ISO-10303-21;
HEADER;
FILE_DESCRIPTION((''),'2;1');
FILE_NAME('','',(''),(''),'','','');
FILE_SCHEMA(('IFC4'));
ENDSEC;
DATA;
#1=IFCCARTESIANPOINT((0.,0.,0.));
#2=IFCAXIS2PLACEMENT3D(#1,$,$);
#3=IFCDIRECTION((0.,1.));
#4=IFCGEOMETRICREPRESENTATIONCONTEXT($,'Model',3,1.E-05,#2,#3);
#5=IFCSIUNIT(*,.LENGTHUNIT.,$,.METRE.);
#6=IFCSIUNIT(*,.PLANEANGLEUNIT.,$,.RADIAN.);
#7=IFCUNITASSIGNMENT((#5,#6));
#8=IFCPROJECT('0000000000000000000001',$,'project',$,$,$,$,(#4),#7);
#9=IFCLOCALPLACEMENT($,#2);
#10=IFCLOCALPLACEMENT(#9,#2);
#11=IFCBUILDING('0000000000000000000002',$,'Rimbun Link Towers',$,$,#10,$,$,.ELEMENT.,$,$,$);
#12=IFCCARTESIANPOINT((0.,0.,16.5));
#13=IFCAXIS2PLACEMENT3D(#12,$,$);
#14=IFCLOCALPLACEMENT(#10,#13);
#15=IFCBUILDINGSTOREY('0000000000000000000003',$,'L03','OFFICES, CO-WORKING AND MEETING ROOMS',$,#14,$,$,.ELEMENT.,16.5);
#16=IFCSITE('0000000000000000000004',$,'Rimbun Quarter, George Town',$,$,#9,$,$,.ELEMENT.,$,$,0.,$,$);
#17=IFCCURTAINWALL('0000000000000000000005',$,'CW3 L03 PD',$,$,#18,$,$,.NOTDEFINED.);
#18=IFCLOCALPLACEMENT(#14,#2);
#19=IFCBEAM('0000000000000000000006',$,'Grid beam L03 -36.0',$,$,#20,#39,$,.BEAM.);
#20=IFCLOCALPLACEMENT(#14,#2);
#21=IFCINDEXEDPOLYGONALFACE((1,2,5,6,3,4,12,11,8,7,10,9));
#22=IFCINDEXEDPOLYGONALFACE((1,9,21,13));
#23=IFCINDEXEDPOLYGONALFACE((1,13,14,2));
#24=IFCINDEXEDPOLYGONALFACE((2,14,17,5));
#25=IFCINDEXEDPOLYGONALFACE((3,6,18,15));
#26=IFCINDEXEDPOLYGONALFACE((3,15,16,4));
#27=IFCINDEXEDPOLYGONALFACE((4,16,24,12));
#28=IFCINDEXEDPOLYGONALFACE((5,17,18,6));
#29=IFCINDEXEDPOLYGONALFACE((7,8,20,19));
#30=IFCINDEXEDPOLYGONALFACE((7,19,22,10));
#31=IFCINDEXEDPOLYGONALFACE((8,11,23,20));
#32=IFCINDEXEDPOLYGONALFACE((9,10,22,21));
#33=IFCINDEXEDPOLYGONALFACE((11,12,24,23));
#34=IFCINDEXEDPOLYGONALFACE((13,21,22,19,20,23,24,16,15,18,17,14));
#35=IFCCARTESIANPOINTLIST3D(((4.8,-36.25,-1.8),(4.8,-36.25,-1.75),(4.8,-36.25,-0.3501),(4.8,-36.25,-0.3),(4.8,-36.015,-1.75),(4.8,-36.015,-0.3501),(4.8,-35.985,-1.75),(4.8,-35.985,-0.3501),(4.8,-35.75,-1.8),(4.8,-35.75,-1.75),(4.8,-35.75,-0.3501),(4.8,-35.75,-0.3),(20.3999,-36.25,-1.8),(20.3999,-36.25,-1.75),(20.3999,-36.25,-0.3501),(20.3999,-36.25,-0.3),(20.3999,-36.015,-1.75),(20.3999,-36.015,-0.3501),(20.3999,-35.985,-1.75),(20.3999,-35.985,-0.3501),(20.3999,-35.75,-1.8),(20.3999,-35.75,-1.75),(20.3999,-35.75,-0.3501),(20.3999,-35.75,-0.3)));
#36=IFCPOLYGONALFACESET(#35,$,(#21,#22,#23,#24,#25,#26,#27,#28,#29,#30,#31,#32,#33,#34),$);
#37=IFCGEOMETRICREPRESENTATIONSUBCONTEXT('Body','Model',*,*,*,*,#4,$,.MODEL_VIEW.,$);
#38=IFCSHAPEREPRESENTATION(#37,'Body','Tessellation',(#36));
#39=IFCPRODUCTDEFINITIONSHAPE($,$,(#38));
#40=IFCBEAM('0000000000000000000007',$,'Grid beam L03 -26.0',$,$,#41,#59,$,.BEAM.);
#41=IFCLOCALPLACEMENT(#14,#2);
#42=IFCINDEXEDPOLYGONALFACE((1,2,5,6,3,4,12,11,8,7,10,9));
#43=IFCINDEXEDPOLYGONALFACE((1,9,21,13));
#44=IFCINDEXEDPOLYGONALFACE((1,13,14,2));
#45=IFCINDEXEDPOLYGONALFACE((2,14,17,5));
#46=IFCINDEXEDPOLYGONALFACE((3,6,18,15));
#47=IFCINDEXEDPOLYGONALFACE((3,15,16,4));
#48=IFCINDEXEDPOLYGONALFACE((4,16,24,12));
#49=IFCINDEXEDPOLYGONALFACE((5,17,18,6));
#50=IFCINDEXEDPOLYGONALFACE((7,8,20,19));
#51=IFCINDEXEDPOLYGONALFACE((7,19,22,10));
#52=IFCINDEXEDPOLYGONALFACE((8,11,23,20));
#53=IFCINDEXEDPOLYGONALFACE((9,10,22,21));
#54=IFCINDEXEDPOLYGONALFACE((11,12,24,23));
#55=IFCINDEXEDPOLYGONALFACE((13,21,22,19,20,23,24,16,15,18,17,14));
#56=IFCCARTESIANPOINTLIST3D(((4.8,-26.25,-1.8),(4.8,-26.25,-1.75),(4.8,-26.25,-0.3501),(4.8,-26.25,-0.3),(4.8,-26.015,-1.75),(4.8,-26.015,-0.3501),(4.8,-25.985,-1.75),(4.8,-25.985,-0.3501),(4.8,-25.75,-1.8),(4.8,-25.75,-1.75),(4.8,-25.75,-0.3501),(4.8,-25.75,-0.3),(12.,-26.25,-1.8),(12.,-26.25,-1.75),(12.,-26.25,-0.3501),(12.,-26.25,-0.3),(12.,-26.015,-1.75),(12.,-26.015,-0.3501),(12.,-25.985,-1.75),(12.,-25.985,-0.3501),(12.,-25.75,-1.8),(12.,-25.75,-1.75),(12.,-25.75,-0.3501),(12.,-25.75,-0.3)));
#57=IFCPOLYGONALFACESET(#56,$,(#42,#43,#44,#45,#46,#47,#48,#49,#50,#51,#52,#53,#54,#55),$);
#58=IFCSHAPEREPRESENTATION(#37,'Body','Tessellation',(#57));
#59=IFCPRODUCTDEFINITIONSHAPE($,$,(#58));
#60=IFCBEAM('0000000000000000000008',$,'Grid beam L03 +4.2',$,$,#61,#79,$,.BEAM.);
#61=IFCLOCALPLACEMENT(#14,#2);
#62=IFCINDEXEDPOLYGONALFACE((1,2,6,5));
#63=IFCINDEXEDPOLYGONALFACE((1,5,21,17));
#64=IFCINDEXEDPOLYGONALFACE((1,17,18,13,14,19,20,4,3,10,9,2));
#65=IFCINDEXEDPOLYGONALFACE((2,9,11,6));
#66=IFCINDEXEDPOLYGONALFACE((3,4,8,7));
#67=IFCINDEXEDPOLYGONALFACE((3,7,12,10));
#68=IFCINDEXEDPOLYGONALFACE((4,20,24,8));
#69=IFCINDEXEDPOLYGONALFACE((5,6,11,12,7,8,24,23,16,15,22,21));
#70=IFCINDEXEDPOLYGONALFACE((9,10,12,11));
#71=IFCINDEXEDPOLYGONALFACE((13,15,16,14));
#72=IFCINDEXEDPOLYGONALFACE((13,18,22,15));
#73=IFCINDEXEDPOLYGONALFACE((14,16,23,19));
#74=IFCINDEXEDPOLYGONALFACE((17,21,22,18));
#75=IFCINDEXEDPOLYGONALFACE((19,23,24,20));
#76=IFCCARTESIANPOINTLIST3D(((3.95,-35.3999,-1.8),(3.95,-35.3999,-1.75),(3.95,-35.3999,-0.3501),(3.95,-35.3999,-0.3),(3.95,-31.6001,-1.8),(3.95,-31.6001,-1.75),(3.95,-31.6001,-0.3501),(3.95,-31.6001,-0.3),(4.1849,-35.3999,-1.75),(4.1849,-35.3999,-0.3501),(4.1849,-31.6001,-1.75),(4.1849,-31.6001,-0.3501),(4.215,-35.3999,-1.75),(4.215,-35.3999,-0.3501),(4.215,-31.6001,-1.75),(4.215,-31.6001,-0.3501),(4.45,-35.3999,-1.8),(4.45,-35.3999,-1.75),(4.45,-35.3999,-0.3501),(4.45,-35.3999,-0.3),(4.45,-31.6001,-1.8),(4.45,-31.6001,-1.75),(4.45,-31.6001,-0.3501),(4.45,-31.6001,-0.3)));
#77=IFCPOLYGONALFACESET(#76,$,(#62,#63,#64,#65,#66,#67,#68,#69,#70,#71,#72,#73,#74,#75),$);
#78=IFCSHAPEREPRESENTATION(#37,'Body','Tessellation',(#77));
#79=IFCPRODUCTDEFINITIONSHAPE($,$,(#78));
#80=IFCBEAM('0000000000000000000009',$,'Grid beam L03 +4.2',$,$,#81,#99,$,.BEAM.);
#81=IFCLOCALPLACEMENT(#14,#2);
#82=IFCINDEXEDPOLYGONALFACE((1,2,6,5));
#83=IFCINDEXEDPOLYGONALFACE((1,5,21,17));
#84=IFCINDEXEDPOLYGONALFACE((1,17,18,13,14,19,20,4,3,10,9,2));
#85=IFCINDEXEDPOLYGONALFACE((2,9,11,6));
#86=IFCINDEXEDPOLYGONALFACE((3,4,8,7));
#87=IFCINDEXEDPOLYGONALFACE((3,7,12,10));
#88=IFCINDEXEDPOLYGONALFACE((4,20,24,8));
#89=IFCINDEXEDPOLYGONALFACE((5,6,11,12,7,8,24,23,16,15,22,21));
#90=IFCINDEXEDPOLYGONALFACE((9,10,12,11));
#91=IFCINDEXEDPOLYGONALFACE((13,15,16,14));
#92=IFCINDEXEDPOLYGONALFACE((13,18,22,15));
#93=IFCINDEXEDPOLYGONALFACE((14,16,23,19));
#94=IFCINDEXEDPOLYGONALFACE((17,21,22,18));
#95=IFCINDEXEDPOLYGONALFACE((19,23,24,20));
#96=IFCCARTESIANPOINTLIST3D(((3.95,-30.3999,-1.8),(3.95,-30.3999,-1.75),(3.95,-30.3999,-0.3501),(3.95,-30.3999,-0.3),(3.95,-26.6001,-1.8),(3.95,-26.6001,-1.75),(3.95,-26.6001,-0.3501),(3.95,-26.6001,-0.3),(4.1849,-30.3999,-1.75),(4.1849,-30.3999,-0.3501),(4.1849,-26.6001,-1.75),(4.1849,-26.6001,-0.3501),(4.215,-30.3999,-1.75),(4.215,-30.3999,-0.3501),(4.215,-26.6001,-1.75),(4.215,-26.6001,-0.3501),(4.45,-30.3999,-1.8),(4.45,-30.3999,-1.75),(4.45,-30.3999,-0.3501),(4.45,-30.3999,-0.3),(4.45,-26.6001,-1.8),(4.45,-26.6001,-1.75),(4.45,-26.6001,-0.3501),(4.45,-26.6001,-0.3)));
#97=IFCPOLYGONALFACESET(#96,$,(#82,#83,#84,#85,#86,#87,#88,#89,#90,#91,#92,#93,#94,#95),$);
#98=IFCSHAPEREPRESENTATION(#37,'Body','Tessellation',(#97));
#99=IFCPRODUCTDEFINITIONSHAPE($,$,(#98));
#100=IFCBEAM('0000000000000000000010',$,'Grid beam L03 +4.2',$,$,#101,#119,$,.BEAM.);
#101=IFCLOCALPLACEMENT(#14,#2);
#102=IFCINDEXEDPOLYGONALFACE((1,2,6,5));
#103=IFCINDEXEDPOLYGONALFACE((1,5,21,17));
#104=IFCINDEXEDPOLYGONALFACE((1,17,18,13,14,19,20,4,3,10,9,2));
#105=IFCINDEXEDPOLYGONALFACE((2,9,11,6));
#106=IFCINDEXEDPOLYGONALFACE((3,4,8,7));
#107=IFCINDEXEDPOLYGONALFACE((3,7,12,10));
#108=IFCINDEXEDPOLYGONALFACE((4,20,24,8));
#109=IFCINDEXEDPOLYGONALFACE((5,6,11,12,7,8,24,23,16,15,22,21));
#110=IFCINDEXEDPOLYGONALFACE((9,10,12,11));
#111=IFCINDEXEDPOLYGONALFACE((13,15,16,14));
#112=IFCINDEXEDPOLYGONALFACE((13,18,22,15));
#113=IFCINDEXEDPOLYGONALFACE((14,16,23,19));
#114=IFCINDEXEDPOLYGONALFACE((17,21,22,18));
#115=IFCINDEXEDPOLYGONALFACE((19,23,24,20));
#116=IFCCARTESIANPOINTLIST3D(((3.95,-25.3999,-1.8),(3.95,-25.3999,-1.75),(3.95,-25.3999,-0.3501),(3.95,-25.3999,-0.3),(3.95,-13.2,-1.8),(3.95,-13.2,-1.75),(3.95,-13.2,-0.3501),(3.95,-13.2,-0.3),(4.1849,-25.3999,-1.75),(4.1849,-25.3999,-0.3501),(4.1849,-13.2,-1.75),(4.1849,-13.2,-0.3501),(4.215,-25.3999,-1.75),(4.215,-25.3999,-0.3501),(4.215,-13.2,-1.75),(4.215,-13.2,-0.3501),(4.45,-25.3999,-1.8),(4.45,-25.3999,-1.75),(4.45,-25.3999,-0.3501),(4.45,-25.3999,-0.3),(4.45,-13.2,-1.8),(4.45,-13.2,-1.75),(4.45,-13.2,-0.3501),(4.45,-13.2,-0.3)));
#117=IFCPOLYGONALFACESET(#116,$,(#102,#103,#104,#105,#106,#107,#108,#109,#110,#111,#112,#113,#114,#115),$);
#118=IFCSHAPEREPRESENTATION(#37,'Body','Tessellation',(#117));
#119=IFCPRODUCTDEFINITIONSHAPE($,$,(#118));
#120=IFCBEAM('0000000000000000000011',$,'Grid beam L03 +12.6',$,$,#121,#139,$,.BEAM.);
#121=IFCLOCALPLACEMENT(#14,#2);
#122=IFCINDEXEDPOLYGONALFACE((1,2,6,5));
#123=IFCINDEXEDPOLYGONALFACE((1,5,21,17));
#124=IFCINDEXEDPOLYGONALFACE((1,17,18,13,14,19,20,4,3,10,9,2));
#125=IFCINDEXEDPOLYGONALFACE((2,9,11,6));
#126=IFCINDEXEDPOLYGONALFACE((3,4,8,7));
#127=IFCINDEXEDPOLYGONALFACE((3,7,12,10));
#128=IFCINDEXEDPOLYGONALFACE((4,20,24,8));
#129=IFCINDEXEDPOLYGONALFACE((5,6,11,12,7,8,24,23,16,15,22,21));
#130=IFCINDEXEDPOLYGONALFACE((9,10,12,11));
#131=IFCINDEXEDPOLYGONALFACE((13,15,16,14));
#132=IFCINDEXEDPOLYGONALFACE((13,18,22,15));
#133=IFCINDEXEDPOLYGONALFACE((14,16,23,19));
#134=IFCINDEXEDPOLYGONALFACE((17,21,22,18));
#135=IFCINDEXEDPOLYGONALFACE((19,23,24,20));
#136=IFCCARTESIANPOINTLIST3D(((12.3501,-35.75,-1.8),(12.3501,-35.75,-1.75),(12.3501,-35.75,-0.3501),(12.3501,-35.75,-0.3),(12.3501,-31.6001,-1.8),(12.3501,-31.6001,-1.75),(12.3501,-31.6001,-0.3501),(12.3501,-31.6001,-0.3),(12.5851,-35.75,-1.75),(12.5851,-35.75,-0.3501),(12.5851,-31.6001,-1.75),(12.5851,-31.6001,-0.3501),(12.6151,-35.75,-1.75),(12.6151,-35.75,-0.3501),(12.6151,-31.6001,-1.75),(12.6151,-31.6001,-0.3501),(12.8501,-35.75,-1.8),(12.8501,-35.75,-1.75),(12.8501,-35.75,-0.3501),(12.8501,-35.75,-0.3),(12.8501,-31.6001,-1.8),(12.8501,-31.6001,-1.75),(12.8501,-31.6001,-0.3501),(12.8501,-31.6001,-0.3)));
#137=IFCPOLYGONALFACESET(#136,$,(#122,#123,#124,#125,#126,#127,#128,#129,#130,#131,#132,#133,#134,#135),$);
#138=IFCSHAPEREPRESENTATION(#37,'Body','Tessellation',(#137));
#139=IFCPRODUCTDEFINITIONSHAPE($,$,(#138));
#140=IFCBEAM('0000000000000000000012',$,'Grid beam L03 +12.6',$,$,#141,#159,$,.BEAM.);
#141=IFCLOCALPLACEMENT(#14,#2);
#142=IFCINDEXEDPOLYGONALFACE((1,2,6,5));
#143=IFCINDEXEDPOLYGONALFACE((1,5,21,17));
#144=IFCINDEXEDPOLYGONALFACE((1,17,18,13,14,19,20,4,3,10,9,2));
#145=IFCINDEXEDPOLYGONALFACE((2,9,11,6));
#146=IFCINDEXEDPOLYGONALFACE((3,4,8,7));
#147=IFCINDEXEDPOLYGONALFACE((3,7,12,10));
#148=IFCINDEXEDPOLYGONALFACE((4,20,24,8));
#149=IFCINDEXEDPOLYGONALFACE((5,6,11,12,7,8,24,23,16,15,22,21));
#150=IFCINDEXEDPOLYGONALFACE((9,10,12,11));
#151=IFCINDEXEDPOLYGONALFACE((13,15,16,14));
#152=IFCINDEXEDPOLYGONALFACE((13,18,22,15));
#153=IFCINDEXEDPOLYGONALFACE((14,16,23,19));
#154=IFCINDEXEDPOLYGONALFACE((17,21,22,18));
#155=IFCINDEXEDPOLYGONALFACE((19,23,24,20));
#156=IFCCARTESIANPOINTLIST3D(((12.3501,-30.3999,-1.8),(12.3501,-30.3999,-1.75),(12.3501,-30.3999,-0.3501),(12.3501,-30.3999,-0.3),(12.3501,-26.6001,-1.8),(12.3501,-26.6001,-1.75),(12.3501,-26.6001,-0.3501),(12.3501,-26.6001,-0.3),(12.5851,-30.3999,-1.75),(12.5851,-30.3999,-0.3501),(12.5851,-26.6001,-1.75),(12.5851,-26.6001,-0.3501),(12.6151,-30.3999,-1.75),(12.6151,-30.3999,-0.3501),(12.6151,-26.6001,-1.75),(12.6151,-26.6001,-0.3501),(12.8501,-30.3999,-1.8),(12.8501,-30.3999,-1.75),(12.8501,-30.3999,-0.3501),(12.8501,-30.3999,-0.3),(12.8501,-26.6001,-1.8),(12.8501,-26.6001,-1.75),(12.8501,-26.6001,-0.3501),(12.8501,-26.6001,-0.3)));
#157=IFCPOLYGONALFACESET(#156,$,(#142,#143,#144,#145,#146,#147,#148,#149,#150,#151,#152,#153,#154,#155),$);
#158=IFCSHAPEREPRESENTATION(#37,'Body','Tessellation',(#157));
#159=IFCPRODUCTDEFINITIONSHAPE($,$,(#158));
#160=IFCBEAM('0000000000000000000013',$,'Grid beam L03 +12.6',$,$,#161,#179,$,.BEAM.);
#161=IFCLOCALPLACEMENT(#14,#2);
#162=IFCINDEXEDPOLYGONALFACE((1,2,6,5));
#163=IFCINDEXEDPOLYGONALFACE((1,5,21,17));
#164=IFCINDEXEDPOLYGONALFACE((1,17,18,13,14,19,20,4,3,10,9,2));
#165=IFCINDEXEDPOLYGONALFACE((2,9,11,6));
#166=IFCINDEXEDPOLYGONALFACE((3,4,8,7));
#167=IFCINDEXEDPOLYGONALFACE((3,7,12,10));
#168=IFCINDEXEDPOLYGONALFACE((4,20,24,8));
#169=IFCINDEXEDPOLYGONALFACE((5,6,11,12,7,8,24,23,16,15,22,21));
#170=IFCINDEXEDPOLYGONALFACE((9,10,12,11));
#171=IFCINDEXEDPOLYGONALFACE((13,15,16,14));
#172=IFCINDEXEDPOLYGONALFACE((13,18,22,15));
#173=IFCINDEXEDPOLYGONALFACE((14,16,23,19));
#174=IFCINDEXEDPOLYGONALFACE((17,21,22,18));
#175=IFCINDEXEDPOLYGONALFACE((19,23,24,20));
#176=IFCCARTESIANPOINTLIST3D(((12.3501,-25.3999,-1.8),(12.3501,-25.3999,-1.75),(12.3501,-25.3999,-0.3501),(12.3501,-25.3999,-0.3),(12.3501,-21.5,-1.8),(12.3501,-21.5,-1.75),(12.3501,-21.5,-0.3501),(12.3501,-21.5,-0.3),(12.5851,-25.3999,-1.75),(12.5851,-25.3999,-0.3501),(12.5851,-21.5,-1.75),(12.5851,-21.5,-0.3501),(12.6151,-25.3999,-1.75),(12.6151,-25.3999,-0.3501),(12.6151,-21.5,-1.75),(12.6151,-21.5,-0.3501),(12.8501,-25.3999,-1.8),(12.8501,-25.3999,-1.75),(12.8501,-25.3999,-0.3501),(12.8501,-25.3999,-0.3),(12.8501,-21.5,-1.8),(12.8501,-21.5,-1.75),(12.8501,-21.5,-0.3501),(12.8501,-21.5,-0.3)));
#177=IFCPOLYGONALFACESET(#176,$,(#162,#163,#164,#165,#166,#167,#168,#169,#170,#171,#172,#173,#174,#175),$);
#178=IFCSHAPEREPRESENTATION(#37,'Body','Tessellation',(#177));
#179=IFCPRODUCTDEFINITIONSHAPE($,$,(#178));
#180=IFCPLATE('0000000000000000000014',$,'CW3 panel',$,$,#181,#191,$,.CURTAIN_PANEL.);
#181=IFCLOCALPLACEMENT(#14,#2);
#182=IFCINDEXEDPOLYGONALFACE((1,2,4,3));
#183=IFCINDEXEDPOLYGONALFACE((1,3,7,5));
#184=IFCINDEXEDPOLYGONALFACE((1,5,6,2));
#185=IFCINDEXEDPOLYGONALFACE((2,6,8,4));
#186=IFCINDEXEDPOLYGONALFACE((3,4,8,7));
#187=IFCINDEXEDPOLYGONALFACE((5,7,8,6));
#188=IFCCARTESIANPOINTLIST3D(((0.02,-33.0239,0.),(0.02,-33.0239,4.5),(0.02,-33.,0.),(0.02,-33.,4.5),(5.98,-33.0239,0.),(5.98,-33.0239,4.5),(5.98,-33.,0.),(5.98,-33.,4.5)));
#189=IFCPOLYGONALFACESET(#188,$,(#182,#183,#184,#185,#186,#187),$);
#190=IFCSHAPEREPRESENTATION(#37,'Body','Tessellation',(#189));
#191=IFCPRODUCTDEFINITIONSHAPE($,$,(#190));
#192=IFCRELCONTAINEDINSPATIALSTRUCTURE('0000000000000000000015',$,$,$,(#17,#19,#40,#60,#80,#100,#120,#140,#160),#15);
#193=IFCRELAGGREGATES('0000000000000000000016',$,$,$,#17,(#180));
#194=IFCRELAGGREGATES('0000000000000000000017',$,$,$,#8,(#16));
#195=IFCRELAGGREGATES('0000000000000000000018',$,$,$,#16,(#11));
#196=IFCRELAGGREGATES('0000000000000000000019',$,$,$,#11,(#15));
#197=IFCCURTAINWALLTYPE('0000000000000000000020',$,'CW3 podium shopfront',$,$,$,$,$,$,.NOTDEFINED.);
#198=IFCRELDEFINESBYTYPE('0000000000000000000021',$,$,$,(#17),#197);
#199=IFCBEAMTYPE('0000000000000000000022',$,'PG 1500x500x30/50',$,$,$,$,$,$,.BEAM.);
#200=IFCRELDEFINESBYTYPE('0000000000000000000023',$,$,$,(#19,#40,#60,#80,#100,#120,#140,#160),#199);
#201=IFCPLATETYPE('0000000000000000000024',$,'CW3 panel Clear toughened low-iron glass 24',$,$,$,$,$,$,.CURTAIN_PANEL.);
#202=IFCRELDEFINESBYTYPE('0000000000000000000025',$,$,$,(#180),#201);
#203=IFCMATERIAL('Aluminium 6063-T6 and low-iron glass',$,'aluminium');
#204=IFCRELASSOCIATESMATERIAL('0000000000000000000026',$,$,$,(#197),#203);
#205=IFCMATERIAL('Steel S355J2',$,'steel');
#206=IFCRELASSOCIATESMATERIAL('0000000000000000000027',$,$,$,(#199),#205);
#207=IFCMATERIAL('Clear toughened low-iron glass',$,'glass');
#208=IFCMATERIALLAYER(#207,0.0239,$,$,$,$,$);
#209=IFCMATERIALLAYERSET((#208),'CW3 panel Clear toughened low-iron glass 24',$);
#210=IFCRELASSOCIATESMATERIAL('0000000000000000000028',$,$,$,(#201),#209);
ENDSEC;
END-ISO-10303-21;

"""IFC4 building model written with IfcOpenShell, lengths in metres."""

from ifc_helpers import new_model, si_unit, direction, frame, origin, origin_2d, place, context, subcontext, project, spatial, rectangle, i_section, extrude, material, layer, layer_set, material_profile, profile_set, type_object, element, aggregate, save


model = new_model("IFC4")

# Units and contexts
model_context = context("Model", 3, precision=1e-05, world=origin(), true_north=direction((0.0, 1.0)))
body_context = subcontext(model_context, "Body", "Model", "MODEL_VIEW")
ifc_project = project(units=[si_unit("LENGTHUNIT", "METRE"), si_unit("PLANEANGLEUNIT", "RADIAN")], contexts=[model_context])

# Site, building, storey
site_placement = place(None, origin())
site = spatial("IfcSite", under=ifc_project, at=site_placement, Name="Rimbun Quarter, George Town", CompositionType="ELEMENT", RefElevation=0.0)
building_placement = place(site_placement, origin())
building = spatial("IfcBuilding", under=site, at=building_placement, Name="Rimbun Link Towers", CompositionType="ELEMENT")
storey_placement = place(building_placement, frame((0.0, 0.0, 16.5)))
storey = spatial("IfcBuildingStorey", under=building, at=storey_placement, Name="L03", Description="OFFICES, CO-WORKING AND MEETING ROOMS", CompositionType="ELEMENT", Elevation=16.5)

# Curtain wall
ifc_material_1 = material(Name="Aluminium 6063-T6 and low-iron glass", Category="aluminium")
curtain_wall_type = type_object("IfcCurtainWallType", Name="CW3 podium shopfront", PredefinedType="NOTDEFINED", material=ifc_material_1)
curtain_wall_placement = place(storey_placement, origin())
curtain_wall = element("IfcCurtainWall", 1, at=curtain_wall_placement, inside=storey, type_object=curtain_wall_type, Name="CW3 L03 PD", PredefinedType="NOTDEFINED")

# Beams
ifc_material_2 = material(Name="Steel S355J2", Category="steel")
ifc_material_profile_1 = material_profile(ifc_material_2, i_section(OverallWidth=0.5, OverallDepth=1.5, WebThickness=0.03, FlangeThickness=0.05, at=origin_2d()), Name="PG 1500x500x30/50")
ifc_profile_set_1 = profile_set([ifc_material_profile_1], Name="Steel S355J2")
beam_type = type_object("IfcBeamType", Name="PG 1500x500x30/50", PredefinedType="BEAM", material=ifc_profile_set_1)
beam_1_placement = place(storey_placement, frame((4.8, -36.0, -1.05), z_axis=(1.0, 0.0, 0.0), x_axis=(0.0, 1.0, 0.0)))
element("IfcBeam", 2, at=beam_1_placement, inside=storey, type_object=beam_type, Name="Grid beam L03 -36.0", PredefinedType="BEAM", context=body_context, shape_type="SweptSolid", body=[
    extrude(i_section(OverallWidth=0.5, OverallDepth=1.5, WebThickness=0.03, FlangeThickness=0.05, at=origin_2d()), origin(), (0.0, 0.0, 1.0), 15.5999),
])
beam_2_placement = place(storey_placement, frame((4.8, -26.0, -1.05), z_axis=(1.0, 0.0, 0.0), x_axis=(0.0, 1.0, 0.0)))
element("IfcBeam", 3, at=beam_2_placement, inside=storey, type_object=beam_type, Name="Grid beam L03 -26.0", PredefinedType="BEAM", context=body_context, shape_type="SweptSolid", body=[
    extrude(i_section(OverallWidth=0.5, OverallDepth=1.5, WebThickness=0.03, FlangeThickness=0.05, at=origin_2d()), origin(), (0.0, 0.0, 1.0), 7.2),
])
for number, where, z_axis, x_axis, name in (
    (4, (4.2, -35.3999, -1.05), (0.0, 1.0, 0.0), (-1.0, 0.0, 0.0), "Grid beam L03 +4.2"),
    (5, (4.2, -30.3999, -1.05), (0.0, 1.0, 0.0), (-1.0, 0.0, 0.0), "Grid beam L03 +4.2"),
):
    element("IfcBeam", number, at=place(storey_placement, frame(where, z_axis=z_axis, x_axis=x_axis)), inside=storey, type_object=beam_type, Name=name, PredefinedType="BEAM", context=body_context, shape_type="SweptSolid", body=[
        extrude(i_section(OverallWidth=0.5, OverallDepth=1.5, WebThickness=0.03, FlangeThickness=0.05, at=origin_2d()), origin(), (0.0, 0.0, 1.0), 3.7998),
    ])
beam_3_placement = place(storey_placement, frame((4.2, -25.3999, -1.05), z_axis=(0.0, 1.0, 0.0), x_axis=(-1.0, 0.0, 0.0)))
element("IfcBeam", 6, at=beam_3_placement, inside=storey, type_object=beam_type, Name="Grid beam L03 +4.2", PredefinedType="BEAM", context=body_context, shape_type="SweptSolid", body=[
    extrude(i_section(OverallWidth=0.5, OverallDepth=1.5, WebThickness=0.03, FlangeThickness=0.05, at=origin_2d()), origin(), (0.0, 0.0, 1.0), 12.2),
])
beam_4_placement = place(storey_placement, frame((12.6001, -35.75, -1.05), z_axis=(0.0, 1.0, 0.0), x_axis=(-1.0, 0.0, 0.0)))
element("IfcBeam", 7, at=beam_4_placement, inside=storey, type_object=beam_type, Name="Grid beam L03 +12.6", PredefinedType="BEAM", context=body_context, shape_type="SweptSolid", body=[
    extrude(i_section(OverallWidth=0.5, OverallDepth=1.5, WebThickness=0.03, FlangeThickness=0.05, at=origin_2d()), origin(), (0.0, 0.0, 1.0), 4.1499),
])
beam_5_placement = place(storey_placement, frame((12.6001, -30.3999, -1.05), z_axis=(0.0, 1.0, 0.0), x_axis=(-1.0, 0.0, 0.0)))
element("IfcBeam", 8, at=beam_5_placement, inside=storey, type_object=beam_type, Name="Grid beam L03 +12.6", PredefinedType="BEAM", context=body_context, shape_type="SweptSolid", body=[
    extrude(i_section(OverallWidth=0.5, OverallDepth=1.5, WebThickness=0.03, FlangeThickness=0.05, at=origin_2d()), origin(), (0.0, 0.0, 1.0), 3.7998),
])
beam_6_placement = place(storey_placement, frame((12.6001, -25.3999, -1.05), z_axis=(0.0, 1.0, 0.0), x_axis=(-1.0, 0.0, 0.0)))
element("IfcBeam", 9, at=beam_6_placement, inside=storey, type_object=beam_type, Name="Grid beam L03 +12.6", PredefinedType="BEAM", context=body_context, shape_type="SweptSolid", body=[
    extrude(i_section(OverallWidth=0.5, OverallDepth=1.5, WebThickness=0.03, FlangeThickness=0.05, at=origin_2d()), origin(), (0.0, 0.0, 1.0), 3.8999),
])

# Plate
ifc_material_3 = material(Name="Clear toughened low-iron glass", Category="glass")
ifc_layer_1 = layer(ifc_material_3, 0.0239)
ifc_layer_set_1 = layer_set([ifc_layer_1], Name="CW3 panel Clear toughened low-iron glass 24")
plate_type = type_object("IfcPlateType", Name="CW3 panel Clear toughened low-iron glass 24", PredefinedType="CURTAIN_PANEL", material=ifc_layer_set_1)
plate_placement = place(storey_placement, frame((3.0, -33.012, 0.0), z_axis=(0.0, 0.0, 1.0), x_axis=(-1.0, 0.0, 0.0)))
plate = element("IfcPlate", 10, at=plate_placement, type_object=plate_type, Name="CW3 panel", PredefinedType="CURTAIN_PANEL", context=body_context, shape_type="SweptSolid", body=[
    extrude(rectangle(XDim=5.96, YDim=0.0239, at=origin_2d()), origin(), (0.0, 0.0, 1.0), 4.5),
])
aggregate(curtain_wall, [plate])

save(model, "model.ifc")
